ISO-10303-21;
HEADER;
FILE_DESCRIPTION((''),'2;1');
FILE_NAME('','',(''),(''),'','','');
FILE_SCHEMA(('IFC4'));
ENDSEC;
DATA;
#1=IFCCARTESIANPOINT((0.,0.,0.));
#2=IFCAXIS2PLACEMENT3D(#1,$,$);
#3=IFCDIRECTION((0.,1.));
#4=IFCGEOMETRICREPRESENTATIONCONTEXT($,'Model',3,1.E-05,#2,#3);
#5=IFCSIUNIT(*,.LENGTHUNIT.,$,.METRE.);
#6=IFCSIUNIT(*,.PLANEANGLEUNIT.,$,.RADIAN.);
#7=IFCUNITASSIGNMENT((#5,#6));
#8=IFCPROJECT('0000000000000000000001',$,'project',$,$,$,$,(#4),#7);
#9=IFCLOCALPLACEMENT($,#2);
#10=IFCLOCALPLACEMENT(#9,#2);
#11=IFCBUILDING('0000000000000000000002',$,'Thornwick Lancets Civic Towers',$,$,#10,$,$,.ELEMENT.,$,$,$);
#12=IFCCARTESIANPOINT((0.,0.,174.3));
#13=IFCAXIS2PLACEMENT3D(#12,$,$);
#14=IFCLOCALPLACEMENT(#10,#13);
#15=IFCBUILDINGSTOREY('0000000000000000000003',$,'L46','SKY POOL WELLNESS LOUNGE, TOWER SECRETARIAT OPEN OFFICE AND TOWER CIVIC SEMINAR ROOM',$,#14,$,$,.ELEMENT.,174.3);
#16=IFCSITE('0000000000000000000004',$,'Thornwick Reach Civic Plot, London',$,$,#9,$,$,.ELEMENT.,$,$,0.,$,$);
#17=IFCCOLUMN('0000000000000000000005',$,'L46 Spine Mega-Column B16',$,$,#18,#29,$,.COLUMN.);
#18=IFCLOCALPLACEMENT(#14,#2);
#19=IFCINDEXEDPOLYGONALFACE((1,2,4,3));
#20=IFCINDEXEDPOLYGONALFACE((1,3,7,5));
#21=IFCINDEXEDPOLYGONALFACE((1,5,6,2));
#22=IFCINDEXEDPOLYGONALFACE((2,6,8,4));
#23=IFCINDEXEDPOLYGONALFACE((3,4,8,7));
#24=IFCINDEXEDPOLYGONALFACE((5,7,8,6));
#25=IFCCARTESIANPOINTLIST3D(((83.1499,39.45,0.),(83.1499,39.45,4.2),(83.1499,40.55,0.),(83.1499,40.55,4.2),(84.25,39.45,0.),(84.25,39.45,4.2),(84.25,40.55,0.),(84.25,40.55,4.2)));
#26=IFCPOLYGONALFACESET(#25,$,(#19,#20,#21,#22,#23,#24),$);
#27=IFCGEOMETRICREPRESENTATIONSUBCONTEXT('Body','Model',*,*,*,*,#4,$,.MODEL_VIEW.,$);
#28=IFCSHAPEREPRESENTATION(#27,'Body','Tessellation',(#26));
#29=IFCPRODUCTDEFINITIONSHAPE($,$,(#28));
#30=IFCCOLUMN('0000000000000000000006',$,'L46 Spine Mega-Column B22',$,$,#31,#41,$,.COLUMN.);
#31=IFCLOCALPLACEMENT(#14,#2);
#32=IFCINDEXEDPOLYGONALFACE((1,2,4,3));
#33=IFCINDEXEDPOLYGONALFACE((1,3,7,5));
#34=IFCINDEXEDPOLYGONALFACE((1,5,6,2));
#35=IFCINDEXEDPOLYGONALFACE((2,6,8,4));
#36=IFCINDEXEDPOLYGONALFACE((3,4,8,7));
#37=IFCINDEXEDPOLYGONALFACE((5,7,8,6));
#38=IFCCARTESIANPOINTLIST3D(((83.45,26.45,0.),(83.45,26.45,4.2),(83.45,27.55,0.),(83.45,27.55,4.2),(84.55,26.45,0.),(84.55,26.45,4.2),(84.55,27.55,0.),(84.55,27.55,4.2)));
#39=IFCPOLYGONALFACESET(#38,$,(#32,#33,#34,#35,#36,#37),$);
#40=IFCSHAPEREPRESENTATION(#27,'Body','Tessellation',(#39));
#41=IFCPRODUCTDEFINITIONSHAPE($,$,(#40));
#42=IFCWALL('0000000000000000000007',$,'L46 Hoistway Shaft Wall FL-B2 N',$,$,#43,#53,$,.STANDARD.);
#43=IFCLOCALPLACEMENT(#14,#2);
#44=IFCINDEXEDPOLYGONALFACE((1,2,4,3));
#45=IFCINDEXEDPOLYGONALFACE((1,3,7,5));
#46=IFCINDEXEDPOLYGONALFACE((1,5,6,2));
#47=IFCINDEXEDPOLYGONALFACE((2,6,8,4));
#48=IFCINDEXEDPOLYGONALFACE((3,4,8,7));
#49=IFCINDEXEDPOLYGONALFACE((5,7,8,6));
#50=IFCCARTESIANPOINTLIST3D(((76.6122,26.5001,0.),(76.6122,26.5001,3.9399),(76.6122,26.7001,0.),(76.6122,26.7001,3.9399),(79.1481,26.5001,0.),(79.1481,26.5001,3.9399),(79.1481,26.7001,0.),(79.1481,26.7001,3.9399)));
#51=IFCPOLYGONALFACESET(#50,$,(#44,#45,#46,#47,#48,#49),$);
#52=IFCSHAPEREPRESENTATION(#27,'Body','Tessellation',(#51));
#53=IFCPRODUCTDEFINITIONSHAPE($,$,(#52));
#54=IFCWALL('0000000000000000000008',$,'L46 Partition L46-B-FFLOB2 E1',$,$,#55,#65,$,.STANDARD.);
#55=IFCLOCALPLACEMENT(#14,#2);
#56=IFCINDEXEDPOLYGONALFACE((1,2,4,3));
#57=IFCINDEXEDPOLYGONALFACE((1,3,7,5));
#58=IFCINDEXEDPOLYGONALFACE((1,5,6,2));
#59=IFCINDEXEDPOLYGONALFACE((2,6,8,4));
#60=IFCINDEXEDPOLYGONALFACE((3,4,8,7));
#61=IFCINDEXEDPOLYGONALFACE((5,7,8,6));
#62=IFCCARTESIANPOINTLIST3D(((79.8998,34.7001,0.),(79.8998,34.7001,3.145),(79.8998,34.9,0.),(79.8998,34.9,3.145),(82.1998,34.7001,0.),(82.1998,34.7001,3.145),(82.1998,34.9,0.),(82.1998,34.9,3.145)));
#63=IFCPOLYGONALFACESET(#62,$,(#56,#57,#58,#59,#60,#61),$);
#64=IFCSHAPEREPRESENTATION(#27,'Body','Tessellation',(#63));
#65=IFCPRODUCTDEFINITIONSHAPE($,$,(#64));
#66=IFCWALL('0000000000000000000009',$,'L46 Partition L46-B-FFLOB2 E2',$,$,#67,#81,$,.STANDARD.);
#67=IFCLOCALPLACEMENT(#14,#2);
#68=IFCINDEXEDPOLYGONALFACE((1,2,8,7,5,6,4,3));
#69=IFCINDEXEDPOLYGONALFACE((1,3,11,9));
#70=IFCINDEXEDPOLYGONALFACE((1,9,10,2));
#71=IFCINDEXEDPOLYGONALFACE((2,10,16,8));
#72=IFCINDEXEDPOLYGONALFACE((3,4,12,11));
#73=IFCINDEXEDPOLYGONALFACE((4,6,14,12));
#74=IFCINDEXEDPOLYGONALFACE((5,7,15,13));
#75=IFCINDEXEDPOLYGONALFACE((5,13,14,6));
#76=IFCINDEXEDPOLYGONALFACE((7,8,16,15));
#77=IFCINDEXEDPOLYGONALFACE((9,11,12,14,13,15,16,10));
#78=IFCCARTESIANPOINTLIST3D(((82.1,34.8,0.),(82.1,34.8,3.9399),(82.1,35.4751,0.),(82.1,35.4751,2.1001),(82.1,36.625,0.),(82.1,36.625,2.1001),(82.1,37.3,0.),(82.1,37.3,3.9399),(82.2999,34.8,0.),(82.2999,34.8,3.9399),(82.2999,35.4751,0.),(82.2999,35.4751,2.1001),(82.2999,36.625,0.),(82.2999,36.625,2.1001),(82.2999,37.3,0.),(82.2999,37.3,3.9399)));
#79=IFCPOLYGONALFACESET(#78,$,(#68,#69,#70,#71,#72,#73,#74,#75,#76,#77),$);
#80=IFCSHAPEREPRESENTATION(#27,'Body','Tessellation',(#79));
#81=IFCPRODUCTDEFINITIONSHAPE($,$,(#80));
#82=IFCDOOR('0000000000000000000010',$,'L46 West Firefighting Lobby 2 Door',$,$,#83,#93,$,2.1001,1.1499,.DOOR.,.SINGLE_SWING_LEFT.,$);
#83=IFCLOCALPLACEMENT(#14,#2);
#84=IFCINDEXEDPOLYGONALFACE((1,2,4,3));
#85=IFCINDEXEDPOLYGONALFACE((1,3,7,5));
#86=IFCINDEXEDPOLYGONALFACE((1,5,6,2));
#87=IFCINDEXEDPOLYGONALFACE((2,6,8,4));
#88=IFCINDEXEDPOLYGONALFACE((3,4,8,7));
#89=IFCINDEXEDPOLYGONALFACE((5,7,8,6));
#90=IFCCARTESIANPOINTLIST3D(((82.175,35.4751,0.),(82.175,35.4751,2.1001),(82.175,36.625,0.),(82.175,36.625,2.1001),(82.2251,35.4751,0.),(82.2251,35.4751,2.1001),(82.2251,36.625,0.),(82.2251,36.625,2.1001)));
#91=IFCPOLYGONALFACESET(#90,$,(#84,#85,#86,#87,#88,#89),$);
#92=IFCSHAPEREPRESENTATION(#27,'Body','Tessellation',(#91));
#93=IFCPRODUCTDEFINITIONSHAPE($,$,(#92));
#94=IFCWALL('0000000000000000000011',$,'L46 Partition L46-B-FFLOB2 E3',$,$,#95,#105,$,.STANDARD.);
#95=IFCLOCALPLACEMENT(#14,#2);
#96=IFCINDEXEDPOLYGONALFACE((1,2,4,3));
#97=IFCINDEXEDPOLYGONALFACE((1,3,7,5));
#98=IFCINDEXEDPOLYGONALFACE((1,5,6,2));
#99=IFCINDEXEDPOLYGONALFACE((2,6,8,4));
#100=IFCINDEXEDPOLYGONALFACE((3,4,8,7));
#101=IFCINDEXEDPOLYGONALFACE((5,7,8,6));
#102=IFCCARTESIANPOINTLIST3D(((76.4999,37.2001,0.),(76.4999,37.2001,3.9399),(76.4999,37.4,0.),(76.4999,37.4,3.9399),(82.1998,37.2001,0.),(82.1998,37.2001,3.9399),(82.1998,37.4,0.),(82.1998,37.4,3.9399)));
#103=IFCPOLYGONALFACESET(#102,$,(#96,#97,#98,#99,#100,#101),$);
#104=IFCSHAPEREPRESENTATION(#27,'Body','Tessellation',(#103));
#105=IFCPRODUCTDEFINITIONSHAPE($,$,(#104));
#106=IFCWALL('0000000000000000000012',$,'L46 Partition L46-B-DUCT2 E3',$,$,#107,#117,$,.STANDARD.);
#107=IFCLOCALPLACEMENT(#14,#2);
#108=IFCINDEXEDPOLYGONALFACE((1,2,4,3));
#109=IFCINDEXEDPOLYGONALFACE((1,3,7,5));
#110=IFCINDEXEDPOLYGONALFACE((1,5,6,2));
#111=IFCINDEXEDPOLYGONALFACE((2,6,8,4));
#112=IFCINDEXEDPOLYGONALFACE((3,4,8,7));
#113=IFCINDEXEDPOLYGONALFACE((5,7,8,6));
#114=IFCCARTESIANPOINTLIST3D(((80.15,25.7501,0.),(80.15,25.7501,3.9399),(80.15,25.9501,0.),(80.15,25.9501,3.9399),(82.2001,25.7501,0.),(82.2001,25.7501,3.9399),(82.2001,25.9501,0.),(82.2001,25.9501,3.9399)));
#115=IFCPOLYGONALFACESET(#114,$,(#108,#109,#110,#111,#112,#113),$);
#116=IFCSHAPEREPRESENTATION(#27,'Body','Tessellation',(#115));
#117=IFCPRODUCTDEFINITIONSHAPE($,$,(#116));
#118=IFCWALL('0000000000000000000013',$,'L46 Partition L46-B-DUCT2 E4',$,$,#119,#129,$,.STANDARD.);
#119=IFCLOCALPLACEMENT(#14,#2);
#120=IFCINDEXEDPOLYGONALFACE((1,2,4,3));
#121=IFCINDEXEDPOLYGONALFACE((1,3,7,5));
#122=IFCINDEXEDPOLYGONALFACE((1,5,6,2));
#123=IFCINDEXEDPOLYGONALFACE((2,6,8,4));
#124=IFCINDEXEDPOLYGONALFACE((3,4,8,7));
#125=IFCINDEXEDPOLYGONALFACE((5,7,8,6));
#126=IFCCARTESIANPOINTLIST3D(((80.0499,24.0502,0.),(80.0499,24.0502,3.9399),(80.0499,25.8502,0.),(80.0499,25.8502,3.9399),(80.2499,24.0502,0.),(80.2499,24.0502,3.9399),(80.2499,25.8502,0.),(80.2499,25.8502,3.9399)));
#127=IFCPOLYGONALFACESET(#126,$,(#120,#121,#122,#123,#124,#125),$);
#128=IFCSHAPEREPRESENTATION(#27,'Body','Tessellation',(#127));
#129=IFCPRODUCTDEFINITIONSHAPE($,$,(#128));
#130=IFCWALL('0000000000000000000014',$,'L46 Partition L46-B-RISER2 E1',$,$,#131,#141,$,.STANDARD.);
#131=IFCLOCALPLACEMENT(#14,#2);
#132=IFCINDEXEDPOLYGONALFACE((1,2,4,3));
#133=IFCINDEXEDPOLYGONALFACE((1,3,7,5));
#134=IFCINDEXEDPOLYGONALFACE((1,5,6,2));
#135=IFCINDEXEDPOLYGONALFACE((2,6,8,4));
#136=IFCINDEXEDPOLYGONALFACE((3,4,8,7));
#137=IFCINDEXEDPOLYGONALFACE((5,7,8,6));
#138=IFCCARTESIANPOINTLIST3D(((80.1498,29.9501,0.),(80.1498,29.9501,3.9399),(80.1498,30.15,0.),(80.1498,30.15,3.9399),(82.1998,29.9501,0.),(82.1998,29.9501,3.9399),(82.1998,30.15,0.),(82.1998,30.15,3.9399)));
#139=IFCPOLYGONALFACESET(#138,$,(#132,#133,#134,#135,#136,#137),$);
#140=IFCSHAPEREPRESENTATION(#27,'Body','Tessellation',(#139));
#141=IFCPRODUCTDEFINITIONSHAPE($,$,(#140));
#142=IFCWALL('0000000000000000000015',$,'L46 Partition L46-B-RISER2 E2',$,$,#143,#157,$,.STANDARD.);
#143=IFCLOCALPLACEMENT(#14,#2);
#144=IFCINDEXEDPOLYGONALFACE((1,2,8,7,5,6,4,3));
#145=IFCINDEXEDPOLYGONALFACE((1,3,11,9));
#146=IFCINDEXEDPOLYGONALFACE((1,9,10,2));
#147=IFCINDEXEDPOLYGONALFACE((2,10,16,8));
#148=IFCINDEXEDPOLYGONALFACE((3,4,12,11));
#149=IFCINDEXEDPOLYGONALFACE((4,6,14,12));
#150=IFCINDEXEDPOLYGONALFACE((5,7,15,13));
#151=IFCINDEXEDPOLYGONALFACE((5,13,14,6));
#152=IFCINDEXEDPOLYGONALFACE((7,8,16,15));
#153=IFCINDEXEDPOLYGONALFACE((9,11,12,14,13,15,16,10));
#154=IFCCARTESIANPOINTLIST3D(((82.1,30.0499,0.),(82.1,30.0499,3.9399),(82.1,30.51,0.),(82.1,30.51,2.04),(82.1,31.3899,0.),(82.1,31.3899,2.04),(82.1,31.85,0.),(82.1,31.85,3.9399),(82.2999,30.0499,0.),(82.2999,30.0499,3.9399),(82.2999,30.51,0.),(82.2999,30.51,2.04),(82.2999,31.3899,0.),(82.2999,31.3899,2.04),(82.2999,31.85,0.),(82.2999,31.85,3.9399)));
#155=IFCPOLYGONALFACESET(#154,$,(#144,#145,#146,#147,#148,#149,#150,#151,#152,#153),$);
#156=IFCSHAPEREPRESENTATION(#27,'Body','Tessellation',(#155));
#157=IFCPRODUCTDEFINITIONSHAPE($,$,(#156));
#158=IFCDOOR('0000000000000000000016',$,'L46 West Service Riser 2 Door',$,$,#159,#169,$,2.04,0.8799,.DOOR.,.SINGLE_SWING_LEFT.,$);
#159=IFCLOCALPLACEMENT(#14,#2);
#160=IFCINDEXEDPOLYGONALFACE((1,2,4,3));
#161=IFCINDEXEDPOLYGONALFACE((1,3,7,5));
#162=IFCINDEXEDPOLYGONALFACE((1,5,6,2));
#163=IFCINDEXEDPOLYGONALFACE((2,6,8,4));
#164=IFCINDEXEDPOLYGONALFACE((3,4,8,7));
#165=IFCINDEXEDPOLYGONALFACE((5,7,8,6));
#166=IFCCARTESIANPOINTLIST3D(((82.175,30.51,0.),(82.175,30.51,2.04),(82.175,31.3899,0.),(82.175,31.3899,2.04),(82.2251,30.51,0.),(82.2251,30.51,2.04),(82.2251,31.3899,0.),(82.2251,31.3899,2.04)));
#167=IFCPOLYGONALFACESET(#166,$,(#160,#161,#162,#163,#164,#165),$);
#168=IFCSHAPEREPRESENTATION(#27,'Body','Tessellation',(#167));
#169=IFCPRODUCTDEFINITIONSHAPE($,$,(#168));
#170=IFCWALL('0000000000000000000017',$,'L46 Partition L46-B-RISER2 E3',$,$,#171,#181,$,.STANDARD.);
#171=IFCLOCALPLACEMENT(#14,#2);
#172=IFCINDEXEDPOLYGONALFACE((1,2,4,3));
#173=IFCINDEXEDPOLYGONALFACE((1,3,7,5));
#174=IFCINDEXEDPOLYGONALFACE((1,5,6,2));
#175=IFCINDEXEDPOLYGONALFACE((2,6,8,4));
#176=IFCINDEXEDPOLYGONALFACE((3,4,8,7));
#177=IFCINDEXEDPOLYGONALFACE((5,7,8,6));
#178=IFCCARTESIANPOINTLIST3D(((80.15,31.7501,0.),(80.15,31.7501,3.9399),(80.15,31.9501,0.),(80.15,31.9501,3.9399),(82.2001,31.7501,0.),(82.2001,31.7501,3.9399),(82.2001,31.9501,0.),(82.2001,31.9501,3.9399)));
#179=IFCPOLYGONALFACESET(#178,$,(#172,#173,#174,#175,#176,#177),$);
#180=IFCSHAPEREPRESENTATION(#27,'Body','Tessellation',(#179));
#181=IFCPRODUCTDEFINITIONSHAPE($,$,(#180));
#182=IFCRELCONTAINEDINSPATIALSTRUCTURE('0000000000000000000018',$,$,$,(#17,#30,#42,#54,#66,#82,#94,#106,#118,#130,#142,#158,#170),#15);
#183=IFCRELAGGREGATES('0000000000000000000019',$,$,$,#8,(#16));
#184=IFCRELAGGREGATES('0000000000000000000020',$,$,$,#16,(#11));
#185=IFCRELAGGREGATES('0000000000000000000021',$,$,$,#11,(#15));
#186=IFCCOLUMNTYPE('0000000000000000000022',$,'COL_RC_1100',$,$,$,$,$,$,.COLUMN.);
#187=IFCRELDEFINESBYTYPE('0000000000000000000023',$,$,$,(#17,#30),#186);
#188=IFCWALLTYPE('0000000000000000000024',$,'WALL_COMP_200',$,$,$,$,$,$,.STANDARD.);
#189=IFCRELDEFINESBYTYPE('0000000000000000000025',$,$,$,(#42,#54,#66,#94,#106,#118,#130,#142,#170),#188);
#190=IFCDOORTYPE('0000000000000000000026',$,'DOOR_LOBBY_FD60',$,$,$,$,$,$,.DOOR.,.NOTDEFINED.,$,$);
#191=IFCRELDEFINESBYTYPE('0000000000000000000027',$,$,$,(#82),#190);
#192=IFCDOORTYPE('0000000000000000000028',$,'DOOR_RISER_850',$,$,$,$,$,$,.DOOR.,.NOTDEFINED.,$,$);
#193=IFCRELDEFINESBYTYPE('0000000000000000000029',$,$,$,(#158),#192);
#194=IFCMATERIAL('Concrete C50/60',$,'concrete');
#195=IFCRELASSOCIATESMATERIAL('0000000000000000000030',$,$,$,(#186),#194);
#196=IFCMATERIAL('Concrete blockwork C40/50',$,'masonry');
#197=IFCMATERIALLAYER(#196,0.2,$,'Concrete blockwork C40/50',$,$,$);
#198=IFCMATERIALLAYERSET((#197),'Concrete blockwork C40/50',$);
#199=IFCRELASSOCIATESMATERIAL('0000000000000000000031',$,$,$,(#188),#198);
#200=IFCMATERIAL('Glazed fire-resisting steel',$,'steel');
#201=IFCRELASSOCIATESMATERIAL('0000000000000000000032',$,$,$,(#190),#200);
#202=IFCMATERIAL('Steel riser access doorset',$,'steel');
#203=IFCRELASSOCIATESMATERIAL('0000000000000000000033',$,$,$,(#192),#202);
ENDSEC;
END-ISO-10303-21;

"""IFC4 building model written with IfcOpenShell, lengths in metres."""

from ifc_helpers import new_model, si_unit, direction, frame, frame_2d, origin, origin_2d, place, context, subcontext, project, spatial, rectangle, extrude, material, layer, layer_set, material_profile, profile_set, type_object, element, fill, save


model = new_model("IFC4")

# Units and contexts
model_context = context("Model", 3, precision=1e-05, world=origin(), true_north=direction((0.0, 1.0)))
body_context = subcontext(model_context, "Body", "Model", "MODEL_VIEW")
ifc_project = project(units=[si_unit("LENGTHUNIT", "METRE"), si_unit("PLANEANGLEUNIT", "RADIAN")], contexts=[model_context])

# Site, building, storey
site_placement = place(None, origin())
site = spatial("IfcSite", under=ifc_project, at=site_placement, Name="Thornwick Reach Civic Plot, London", CompositionType="ELEMENT", RefElevation=0.0)
building_placement = place(site_placement, origin())
building = spatial("IfcBuilding", under=site, at=building_placement, Name="Thornwick Lancets Civic Towers", CompositionType="ELEMENT")
storey_placement = place(building_placement, frame((0.0, 0.0, 174.3)))
storey = spatial("IfcBuildingStorey", under=building, at=storey_placement, Name="L46", Description="SKY POOL WELLNESS LOUNGE, TOWER SECRETARIAT OPEN OFFICE AND TOWER CIVIC SEMINAR ROOM", CompositionType="ELEMENT", Elevation=174.3)

# Columns
ifc_material_1 = material(Name="Concrete C50/60", Category="concrete")
ifc_material_profile = material_profile(ifc_material_1, rectangle(XDim=1.1001, YDim=1.1001, at=origin_2d()), Name="RC 1100x1100")
ifc_profile_set = profile_set([ifc_material_profile], Name="Concrete C50/60")
column_type = type_object("IfcColumnType", Name="COL_RC_1100", PredefinedType="COLUMN", material=ifc_profile_set)
for number, where, z_axis, x_axis, name in (
    (1, (83.7, 40.0, 0.0), (0.0, 0.0, 1.0), (1.0, 0.0, 0.0), "L46 Spine Mega-Column B16"),
    (2, (84.0, 27.0, 0.0), (0.0, 0.0, 1.0), (1.0, 0.0, 0.0), "L46 Spine Mega-Column B22"),
):
    element("IfcColumn", number, at=place(storey_placement, frame(where, z_axis=z_axis, x_axis=x_axis)), inside=storey, type_object=column_type, Name=name, PredefinedType="COLUMN", context=body_context, shape_type="SweptSolid", body=[
        extrude(rectangle(XDim=1.1001, YDim=1.1001, at=origin_2d()), origin(), (0.0, 0.0, 1.0), 4.2),
    ])

# Walls
ifc_material_2 = material(Name="Concrete blockwork C40/50", Category="masonry")
ifc_layer_1 = layer(ifc_material_2, 0.2, Name="Concrete blockwork C40/50")
ifc_layer_set_1 = layer_set([ifc_layer_1], Name="Concrete blockwork C40/50")
wall_type_1 = type_object("IfcWallType", Name="WALL_COMP_200", PredefinedType="STANDARD", material=ifc_layer_set_1)
wall_1_placement = place(storey_placement, frame((76.6121, 26.6001, 0.0), z_axis=(0.0, 0.0, 1.0), x_axis=(1.0, 0.0, 0.0)))
element("IfcWall", 3, at=wall_1_placement, inside=storey, type_object=wall_type_1, Name="L46 Hoistway Shaft Wall FL-B2 N", PredefinedType="STANDARD", context=body_context, shape_type="SweptSolid", body=[
    extrude(rectangle(XDim=2.5359, YDim=0.2, at=frame_2d((1.2681, 0.0))), origin(), (0.0, 0.0, 1.0), 3.9399),
])
wall_2_placement = place(storey_placement, frame((79.8999, 34.8, 0.0), z_axis=(0.0, 0.0, 1.0), x_axis=(1.0, 0.0, 0.0)))
element("IfcWall", 4, at=wall_2_placement, inside=storey, type_object=wall_type_1, Name="L46 Partition L46-B-FFLOB2 E1", PredefinedType="STANDARD", context=body_context, shape_type="SweptSolid", body=[
    extrude(rectangle(XDim=2.3, YDim=0.2, at=frame_2d((1.1499, 0.0))), origin(), (0.0, 0.0, 1.0), 3.145),
])

# Wall, opening, door
wall_3_placement = place(storey_placement, frame((82.2, 34.8, 0.0), z_axis=(0.0, 0.0, 1.0), x_axis=(0.0, 1.0, 0.0)))
wall_3 = element("IfcWall", 5, at=wall_3_placement, inside=storey, type_object=wall_type_1, Name="L46 Partition L46-B-FFLOB2 E2", PredefinedType="STANDARD", context=body_context, shape_type="SweptSolid", body=[
    extrude(rectangle(XDim=2.5, YDim=0.2, at=frame_2d((1.25, 0.0))), origin(), (0.0, 0.0, 1.0), 3.9399),
])
opening_1_placement = place(wall_3_placement, frame((0.675, 0.0, 0.0)))
opening_1 = element("IfcOpeningElement", 6, at=opening_1_placement, cuts=wall_3, PredefinedType="OPENING", context=body_context, shape_type="SweptSolid", body=[
    extrude(rectangle(XDim=1.1499, YDim=2.1001, at=frame_2d((0.575, 1.05))), frame((0.0, 0.1099, 0.0), z_axis=(0.0, -1.0, 0.0), x_axis=(1.0, 0.0, 0.0)), (0.0, 0.0, 1.0), 0.22),
])
ifc_material_3 = material(Name="Glazed fire-resisting steel", Category="steel")
door_type_1 = type_object("IfcDoorType", Name="DOOR_LOBBY_FD60", OperationType="NOTDEFINED", PredefinedType="DOOR", material=ifc_material_3)
door_1_placement = place(opening_1_placement, origin())
door_1 = element("IfcDoor", 7, at=door_1_placement, inside=storey, type_object=door_type_1, Name="L46 West Firefighting Lobby 2 Door", OperationType="SINGLE_SWING_LEFT", OverallHeight=2.1001, OverallWidth=1.1499, PredefinedType="DOOR", context=body_context, shape_type="SweptSolid", body=[
    extrude(rectangle(XDim=1.1499, YDim=2.1001, at=frame_2d((0.575, 1.05))), frame((0.0, 0.0249, 0.0), z_axis=(0.0, -1.0, 0.0), x_axis=(1.0, 0.0, 0.0)), (0.0, 0.0, 1.0), 0.05),
])
fill(opening_1, door_1)

# Walls
wall_4_placement = place(storey_placement, frame((82.2, 37.3, 0.0), z_axis=(0.0, 0.0, 1.0), x_axis=(-1.0, 0.0, 0.0)))
element("IfcWall", 8, at=wall_4_placement, inside=storey, type_object=wall_type_1, Name="L46 Partition L46-B-FFLOB2 E3", PredefinedType="STANDARD", context=body_context, shape_type="SweptSolid", body=[
    extrude(rectangle(XDim=5.7, YDim=0.2, at=frame_2d((2.8501, 0.0))), origin(), (0.0, 0.0, 1.0), 3.9399),
])
wall_5_placement = place(storey_placement, frame((82.2, 25.8501, 0.0), z_axis=(0.0, 0.0, 1.0), x_axis=(-1.0, 0.0, 0.0)))
element("IfcWall", 9, at=wall_5_placement, inside=storey, type_object=wall_type_1, Name="L46 Partition L46-B-DUCT2 E3", PredefinedType="STANDARD", context=body_context, shape_type="SweptSolid", body=[
    extrude(rectangle(XDim=2.05, YDim=0.2, at=frame_2d((1.0249, 0.0))), origin(), (0.0, 0.0, 1.0), 3.9399),
])
wall_6_placement = place(storey_placement, frame((80.1499, 25.8501, 0.0), z_axis=(0.0, 0.0, 1.0), x_axis=(0.0, -1.0, 0.0)))
element("IfcWall", 10, at=wall_6_placement, inside=storey, type_object=wall_type_1, Name="L46 Partition L46-B-DUCT2 E4", PredefinedType="STANDARD", context=body_context, shape_type="SweptSolid", body=[
    extrude(rectangle(XDim=1.8, YDim=0.2, at=frame_2d((0.8999, 0.0))), origin(), (0.0, 0.0, 1.0), 3.9399),
])
wall_7_placement = place(storey_placement, frame((80.1499, 30.05, 0.0), z_axis=(0.0, 0.0, 1.0), x_axis=(1.0, 0.0, 0.0)))
element("IfcWall", 11, at=wall_7_placement, inside=storey, type_object=wall_type_1, Name="L46 Partition L46-B-RISER2 E1", PredefinedType="STANDARD", context=body_context, shape_type="SweptSolid", body=[
    extrude(rectangle(XDim=2.05, YDim=0.2, at=frame_2d((1.0249, 0.0))), origin(), (0.0, 0.0, 1.0), 3.9399),
])

# Wall, opening, door
wall_8_placement = place(storey_placement, frame((82.2, 30.05, 0.0), z_axis=(0.0, 0.0, 1.0), x_axis=(0.0, 1.0, 0.0)))
wall_8 = element("IfcWall", 12, at=wall_8_placement, inside=storey, type_object=wall_type_1, Name="L46 Partition L46-B-RISER2 E2", PredefinedType="STANDARD", context=body_context, shape_type="SweptSolid", body=[
    extrude(rectangle(XDim=1.8, YDim=0.2, at=frame_2d((0.8999, 0.0))), origin(), (0.0, 0.0, 1.0), 3.9399),
])
opening_2_placement = place(wall_8_placement, frame((0.46, 0.0, 0.0)))
opening_2 = element("IfcOpeningElement", 13, at=opening_2_placement, cuts=wall_8, PredefinedType="OPENING", context=body_context, shape_type="SweptSolid", body=[
    extrude(rectangle(XDim=0.8799, YDim=2.04, at=frame_2d((0.4399, 1.02))), frame((0.0, 0.1099, 0.0), z_axis=(0.0, -1.0, 0.0), x_axis=(1.0, 0.0, 0.0)), (0.0, 0.0, 1.0), 0.22),
])
ifc_material_4 = material(Name="Steel riser access doorset", Category="steel")
door_type_2 = type_object("IfcDoorType", Name="DOOR_RISER_850", OperationType="NOTDEFINED", PredefinedType="DOOR", material=ifc_material_4)
door_2_placement = place(opening_2_placement, origin())
door_2 = element("IfcDoor", 14, at=door_2_placement, inside=storey, type_object=door_type_2, Name="L46 West Service Riser 2 Door", OperationType="SINGLE_SWING_LEFT", OverallHeight=2.04, OverallWidth=0.8799, PredefinedType="DOOR", context=body_context, shape_type="SweptSolid", body=[
    extrude(rectangle(XDim=0.8799, YDim=2.04, at=frame_2d((0.4399, 1.02))), frame((0.0, 0.0249, 0.0), z_axis=(0.0, -1.0, 0.0), x_axis=(1.0, 0.0, 0.0)), (0.0, 0.0, 1.0), 0.05),
])
fill(opening_2, door_2)

# Wall
wall_9_placement = place(storey_placement, frame((82.2, 31.8501, 0.0), z_axis=(0.0, 0.0, 1.0), x_axis=(-1.0, 0.0, 0.0)))
element("IfcWall", 15, at=wall_9_placement, inside=storey, type_object=wall_type_1, Name="L46 Partition L46-B-RISER2 E3", PredefinedType="STANDARD", context=body_context, shape_type="SweptSolid", body=[
    extrude(rectangle(XDim=2.05, YDim=0.2, at=frame_2d((1.0249, 0.0))), origin(), (0.0, 0.0, 1.0), 3.9399),
])

save(model, "model.ifc")
